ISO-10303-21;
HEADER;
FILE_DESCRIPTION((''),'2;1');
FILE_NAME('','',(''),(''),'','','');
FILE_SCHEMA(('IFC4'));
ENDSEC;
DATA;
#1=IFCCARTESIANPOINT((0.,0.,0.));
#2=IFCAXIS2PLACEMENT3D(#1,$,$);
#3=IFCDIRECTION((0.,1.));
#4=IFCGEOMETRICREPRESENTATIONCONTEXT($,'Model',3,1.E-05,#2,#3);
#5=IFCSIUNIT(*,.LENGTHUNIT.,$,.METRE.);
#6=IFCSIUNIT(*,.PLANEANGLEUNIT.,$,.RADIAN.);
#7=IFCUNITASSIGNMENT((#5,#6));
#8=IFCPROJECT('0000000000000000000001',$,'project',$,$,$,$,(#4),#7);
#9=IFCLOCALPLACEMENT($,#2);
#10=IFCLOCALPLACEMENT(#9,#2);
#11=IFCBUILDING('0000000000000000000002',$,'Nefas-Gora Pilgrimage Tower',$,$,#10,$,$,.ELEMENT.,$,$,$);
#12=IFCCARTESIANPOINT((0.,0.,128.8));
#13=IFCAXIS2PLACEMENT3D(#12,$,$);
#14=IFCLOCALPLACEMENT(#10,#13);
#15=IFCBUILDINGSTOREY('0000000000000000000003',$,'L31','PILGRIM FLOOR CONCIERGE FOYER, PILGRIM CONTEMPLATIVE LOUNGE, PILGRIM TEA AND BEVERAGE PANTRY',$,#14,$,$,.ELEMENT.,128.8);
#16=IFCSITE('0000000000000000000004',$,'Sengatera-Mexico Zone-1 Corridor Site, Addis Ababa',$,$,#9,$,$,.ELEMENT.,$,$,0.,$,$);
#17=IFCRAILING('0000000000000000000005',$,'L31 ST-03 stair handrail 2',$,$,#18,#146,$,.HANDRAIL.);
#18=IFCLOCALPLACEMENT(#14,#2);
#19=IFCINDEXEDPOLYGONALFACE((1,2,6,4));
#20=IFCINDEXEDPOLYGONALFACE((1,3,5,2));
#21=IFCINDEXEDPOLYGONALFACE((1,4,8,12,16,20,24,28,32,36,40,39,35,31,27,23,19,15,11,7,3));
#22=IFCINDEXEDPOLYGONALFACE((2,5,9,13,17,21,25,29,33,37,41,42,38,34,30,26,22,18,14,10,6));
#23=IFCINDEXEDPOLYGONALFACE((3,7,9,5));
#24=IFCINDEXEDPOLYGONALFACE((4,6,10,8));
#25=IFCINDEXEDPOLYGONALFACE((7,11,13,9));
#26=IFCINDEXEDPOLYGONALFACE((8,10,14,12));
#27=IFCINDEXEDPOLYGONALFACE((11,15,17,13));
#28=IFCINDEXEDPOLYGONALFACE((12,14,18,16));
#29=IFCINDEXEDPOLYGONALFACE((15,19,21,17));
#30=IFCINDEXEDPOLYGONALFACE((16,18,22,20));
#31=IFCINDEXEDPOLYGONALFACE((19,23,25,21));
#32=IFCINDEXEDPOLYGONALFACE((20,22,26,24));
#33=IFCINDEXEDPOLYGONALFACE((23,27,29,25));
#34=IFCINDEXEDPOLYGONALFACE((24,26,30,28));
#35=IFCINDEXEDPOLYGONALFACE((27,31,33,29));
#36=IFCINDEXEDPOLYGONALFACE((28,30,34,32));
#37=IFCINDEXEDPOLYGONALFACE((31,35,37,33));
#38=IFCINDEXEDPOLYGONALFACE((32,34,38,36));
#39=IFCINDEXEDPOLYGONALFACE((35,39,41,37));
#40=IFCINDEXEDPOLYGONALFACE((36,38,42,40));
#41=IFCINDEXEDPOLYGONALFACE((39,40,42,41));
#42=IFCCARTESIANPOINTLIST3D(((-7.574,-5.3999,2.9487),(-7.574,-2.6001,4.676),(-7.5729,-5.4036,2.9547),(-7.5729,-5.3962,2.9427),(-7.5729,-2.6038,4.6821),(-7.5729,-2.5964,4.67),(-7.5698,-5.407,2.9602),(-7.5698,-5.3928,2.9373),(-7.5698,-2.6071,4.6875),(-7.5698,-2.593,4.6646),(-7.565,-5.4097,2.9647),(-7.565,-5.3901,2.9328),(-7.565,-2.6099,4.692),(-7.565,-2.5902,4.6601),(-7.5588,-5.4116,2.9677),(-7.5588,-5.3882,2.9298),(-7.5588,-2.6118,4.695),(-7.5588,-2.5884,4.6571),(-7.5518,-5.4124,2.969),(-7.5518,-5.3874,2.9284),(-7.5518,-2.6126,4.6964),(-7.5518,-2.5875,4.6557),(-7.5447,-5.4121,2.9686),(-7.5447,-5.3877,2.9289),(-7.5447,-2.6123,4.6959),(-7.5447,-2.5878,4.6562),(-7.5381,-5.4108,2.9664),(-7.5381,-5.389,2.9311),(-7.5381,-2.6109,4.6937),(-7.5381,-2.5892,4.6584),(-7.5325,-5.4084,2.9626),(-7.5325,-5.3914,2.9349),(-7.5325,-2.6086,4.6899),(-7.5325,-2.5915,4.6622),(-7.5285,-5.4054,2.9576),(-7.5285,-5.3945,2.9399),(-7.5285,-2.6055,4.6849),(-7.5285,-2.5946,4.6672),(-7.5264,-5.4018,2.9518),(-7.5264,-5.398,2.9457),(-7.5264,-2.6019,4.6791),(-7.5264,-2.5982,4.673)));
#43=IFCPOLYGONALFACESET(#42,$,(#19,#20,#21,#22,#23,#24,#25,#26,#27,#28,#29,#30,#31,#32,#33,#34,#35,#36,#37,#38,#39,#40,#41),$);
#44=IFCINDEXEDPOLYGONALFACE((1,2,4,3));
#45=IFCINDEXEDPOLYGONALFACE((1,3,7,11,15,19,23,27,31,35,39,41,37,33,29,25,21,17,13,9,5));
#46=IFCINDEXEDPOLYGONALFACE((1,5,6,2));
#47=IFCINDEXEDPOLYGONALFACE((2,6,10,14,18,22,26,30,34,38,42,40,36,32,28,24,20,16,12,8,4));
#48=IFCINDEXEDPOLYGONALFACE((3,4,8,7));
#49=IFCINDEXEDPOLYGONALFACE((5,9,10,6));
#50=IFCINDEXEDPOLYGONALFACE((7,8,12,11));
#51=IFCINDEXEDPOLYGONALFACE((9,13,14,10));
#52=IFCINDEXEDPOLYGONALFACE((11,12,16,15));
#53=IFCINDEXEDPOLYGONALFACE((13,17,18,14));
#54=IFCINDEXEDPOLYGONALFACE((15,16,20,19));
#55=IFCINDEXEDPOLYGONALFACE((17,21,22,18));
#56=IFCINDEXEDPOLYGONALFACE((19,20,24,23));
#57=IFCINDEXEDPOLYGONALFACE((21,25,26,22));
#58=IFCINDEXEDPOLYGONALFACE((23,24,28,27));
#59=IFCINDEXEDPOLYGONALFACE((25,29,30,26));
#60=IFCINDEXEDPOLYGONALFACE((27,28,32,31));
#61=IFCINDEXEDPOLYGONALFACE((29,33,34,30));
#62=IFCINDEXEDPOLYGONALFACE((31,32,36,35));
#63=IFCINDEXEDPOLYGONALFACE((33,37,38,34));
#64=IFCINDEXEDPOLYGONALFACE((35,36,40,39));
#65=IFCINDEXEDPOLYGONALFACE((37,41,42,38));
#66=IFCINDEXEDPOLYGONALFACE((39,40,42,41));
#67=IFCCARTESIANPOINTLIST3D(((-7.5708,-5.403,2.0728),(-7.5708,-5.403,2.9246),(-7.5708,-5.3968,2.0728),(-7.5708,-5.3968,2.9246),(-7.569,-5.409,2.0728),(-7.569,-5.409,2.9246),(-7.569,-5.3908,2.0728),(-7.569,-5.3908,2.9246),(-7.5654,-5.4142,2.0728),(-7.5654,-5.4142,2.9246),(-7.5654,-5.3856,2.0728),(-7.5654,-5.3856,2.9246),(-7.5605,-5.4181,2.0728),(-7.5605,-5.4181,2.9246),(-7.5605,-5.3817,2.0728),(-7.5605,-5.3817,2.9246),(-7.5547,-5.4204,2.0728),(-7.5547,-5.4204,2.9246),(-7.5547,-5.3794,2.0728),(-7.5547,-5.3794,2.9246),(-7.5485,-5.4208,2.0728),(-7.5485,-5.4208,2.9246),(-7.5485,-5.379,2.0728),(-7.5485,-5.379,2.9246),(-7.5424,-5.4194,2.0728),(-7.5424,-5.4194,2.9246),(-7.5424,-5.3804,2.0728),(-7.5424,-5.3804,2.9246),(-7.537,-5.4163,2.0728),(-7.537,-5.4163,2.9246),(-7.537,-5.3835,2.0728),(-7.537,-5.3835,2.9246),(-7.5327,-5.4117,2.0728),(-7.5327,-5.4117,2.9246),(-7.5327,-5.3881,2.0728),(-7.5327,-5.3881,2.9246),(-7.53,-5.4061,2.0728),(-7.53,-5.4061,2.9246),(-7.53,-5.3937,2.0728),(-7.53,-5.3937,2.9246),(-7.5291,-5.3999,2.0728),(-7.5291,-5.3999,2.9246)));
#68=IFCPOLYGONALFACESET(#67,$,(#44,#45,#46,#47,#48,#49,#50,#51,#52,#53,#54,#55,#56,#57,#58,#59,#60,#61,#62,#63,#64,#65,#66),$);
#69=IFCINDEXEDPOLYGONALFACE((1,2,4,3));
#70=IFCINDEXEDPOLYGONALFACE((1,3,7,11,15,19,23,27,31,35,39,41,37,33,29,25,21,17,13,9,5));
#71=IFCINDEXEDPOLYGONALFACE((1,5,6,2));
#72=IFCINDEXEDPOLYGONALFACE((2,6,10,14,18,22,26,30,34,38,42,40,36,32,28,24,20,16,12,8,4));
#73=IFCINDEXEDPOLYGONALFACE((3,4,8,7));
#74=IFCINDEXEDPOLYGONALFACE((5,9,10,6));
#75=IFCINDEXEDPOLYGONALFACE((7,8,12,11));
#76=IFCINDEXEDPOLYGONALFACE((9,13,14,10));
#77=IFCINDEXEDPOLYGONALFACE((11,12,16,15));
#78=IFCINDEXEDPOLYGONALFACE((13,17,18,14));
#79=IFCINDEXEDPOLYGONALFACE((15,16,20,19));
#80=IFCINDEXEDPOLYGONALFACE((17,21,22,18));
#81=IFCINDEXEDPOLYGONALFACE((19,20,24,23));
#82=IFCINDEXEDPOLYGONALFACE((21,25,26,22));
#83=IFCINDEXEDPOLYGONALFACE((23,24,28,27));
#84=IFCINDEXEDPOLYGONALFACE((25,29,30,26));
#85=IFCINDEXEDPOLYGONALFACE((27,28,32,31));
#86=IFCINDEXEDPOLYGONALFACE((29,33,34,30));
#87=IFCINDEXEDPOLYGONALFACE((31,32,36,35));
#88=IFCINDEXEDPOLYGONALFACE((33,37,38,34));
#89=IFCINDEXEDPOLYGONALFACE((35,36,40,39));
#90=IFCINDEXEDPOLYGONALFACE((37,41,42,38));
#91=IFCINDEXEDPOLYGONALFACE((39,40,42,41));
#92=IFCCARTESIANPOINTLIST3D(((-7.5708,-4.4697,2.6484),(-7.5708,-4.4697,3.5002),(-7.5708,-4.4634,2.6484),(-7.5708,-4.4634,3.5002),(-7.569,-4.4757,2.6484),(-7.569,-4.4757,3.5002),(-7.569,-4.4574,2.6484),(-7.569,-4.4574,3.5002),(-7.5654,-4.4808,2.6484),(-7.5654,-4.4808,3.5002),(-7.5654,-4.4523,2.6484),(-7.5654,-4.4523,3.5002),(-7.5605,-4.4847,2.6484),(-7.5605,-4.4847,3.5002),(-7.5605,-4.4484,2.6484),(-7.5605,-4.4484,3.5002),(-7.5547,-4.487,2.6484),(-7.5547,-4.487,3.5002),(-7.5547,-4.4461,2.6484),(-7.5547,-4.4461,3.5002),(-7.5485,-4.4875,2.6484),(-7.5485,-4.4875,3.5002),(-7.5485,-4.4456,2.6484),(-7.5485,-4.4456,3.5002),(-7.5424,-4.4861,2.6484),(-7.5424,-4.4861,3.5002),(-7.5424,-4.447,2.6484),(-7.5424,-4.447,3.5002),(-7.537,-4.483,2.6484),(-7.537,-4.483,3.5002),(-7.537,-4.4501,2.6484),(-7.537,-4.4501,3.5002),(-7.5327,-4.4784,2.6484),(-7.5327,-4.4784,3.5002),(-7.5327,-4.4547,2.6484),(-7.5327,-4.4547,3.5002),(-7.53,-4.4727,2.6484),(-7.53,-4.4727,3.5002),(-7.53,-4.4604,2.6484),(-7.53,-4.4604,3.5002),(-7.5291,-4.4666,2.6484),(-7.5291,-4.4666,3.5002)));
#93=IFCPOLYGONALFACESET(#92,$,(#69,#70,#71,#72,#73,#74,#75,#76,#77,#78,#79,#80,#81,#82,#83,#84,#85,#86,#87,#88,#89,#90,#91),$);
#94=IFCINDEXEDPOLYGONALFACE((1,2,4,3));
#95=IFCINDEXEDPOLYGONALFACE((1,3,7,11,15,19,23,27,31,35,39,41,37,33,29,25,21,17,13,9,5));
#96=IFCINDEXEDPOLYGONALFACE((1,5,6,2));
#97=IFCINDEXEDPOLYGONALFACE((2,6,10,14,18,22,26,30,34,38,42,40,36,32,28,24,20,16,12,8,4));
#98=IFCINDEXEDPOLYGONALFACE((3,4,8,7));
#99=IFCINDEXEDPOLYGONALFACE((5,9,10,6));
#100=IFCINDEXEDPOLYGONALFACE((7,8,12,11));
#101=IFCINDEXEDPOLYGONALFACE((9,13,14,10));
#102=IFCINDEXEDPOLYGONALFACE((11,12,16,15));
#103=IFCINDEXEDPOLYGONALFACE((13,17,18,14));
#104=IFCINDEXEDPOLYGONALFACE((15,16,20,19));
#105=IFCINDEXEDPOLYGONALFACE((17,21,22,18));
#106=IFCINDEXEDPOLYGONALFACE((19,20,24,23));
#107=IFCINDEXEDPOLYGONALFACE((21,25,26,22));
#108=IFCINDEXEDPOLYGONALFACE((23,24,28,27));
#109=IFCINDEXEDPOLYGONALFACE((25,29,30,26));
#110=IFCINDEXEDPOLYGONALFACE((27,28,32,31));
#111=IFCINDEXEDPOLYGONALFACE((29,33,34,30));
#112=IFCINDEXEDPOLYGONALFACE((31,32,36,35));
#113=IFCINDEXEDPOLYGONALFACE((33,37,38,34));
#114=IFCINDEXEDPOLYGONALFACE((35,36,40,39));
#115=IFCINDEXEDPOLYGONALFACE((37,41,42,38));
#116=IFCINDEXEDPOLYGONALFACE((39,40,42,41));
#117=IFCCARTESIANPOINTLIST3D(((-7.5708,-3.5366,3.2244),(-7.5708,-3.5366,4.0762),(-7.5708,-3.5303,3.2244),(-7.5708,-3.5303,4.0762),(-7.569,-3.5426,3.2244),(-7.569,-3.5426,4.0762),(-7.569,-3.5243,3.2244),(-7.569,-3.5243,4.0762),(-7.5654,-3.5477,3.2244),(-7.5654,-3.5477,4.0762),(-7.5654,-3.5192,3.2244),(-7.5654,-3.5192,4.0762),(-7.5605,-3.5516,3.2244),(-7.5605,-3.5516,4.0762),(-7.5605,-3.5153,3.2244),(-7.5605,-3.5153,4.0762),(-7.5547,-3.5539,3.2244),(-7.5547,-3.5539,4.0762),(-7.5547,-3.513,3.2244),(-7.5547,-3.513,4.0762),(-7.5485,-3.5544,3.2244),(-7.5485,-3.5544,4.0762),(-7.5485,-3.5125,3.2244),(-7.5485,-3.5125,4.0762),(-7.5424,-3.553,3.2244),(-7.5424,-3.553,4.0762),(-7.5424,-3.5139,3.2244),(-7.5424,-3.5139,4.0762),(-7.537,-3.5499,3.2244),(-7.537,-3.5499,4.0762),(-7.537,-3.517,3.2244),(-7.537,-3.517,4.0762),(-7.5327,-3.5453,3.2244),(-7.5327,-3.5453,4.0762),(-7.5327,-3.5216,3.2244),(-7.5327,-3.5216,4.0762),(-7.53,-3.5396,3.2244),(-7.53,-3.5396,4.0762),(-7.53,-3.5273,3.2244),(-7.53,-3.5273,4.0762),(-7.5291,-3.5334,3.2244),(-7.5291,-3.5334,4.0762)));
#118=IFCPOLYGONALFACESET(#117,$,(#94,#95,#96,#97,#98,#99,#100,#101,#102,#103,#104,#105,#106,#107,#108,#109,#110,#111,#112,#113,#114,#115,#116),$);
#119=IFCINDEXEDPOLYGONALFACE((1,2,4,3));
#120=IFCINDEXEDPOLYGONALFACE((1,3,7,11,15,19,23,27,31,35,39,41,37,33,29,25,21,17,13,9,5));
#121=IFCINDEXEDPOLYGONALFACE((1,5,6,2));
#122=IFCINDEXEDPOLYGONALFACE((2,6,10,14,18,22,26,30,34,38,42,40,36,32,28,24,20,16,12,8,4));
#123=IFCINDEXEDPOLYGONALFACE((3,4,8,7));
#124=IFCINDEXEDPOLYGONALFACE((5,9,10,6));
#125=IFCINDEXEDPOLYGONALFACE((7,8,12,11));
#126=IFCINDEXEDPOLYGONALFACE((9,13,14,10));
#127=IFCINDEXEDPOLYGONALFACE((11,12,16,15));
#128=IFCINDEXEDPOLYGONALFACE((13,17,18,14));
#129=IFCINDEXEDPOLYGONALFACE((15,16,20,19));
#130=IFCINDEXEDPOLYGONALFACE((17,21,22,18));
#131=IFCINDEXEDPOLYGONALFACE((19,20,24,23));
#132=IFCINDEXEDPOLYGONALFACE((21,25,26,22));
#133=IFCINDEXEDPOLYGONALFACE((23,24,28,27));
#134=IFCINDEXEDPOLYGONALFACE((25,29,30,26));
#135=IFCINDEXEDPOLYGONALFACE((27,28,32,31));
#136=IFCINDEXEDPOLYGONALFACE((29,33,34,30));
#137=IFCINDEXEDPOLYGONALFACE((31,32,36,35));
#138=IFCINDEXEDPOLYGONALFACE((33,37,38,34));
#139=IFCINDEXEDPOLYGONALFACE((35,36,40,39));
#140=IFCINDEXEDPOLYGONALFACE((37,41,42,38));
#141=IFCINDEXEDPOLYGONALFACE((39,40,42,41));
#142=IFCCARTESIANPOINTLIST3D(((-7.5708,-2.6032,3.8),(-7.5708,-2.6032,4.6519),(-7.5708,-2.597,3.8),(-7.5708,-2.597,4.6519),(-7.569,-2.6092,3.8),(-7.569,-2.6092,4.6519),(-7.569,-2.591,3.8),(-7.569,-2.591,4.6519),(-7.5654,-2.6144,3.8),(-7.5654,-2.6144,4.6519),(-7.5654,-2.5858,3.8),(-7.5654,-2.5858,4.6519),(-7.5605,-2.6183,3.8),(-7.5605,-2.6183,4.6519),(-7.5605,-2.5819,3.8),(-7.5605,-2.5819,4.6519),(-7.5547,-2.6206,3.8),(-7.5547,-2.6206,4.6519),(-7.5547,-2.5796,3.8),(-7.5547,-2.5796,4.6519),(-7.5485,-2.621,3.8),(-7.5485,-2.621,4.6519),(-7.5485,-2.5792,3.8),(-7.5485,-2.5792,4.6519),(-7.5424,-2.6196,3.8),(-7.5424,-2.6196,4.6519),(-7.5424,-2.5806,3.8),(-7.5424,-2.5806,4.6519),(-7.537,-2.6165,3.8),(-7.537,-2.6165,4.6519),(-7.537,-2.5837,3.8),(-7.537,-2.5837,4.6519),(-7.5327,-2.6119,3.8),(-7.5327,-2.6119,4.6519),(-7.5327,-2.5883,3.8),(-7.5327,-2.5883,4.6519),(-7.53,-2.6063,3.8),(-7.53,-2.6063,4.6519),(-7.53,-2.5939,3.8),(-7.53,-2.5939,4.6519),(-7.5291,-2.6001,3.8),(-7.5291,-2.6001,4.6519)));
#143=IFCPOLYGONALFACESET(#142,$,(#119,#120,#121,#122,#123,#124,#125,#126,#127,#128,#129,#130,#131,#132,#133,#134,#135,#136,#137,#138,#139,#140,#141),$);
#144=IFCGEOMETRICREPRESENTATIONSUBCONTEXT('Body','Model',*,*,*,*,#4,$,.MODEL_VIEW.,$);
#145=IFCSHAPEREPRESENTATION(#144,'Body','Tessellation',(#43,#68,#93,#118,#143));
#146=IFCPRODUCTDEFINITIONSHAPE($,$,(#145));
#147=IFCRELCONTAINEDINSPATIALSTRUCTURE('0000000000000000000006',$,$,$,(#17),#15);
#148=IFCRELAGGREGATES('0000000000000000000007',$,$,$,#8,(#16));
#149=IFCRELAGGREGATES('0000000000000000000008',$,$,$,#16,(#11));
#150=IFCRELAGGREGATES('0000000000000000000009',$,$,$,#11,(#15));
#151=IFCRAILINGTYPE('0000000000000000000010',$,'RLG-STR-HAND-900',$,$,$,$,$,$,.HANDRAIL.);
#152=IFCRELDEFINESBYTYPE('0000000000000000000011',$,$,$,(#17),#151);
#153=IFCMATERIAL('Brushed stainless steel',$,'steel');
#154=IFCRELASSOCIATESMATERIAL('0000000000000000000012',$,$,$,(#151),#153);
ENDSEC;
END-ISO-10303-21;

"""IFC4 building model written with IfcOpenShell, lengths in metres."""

from ifc_helpers import new_model, si_unit, direction, frame, origin, origin_2d, place, context, subcontext, project, spatial, circle, extrude, material, type_object, element, save


model = new_model("IFC4")

# Units and contexts
model_context = context("Model", 3, precision=1e-05, world=origin(), true_north=direction((0.0, 1.0)))
body_context = subcontext(model_context, "Body", "Model", "MODEL_VIEW")
ifc_project = project(units=[si_unit("LENGTHUNIT", "METRE"), si_unit("PLANEANGLEUNIT", "RADIAN")], contexts=[model_context])

# Site, building, storey
site_placement = place(None, origin())
site = spatial("IfcSite", under=ifc_project, at=site_placement, Name="Sengatera-Mexico Zone-1 Corridor Site, Addis Ababa", CompositionType="ELEMENT", RefElevation=0.0)
building_placement = place(site_placement, origin())
building = spatial("IfcBuilding", under=site, at=building_placement, Name="Nefas-Gora Pilgrimage Tower", CompositionType="ELEMENT")
storey_placement = place(building_placement, frame((0.0, 0.0, 128.8)))
storey = spatial("IfcBuildingStorey", under=building, at=storey_placement, Name="L31", Description="PILGRIM FLOOR CONCIERGE FOYER, PILGRIM CONTEMPLATIVE LOUNGE, PILGRIM TEA AND BEVERAGE PANTRY", CompositionType="ELEMENT", Elevation=128.8)

# Railing
ifc_material_1 = material(Name="Brushed stainless steel", Category="steel")
railing_type_1 = type_object("IfcRailingType", Name="RLG-STR-HAND-900", PredefinedType="HANDRAIL", material=ifc_material_1)
railing_1_placement = place(storey_placement, frame((-7.55, -5.3999, 2.0728)))
element("IfcRailing", 1, at=railing_1_placement, inside=storey, type_object=railing_type_1, Name="L31 ST-03 stair handrail 2", PredefinedType="HANDRAIL", context=body_context, shape_type="SweptSolid", body=[
    extrude(circle(Radius=0.0239, at=origin_2d()), frame((0.0, 0.0, 0.876), z_axis=(0.0, 0.851069, 0.525054), x_axis=(-1.0, 0.0, 0.0)), (0.0, 0.0, 1.0), 3.2898),
    extrude(circle(Radius=0.021, at=origin_2d()), origin(), (0.0, 0.0, 1.0), 0.8518),
    extrude(circle(Radius=0.021, at=origin_2d()), frame((0.0, 0.9333, 0.5757)), (0.0, 0.0, 1.0), 0.8518),
    extrude(circle(Radius=0.021, at=origin_2d()), frame((0.0, 1.8665, 1.1516)), (0.0, 0.0, 1.0), 0.8518),
    extrude(circle(Radius=0.021, at=origin_2d()), frame((0.0, 2.7998, 1.7273)), (0.0, 0.0, 1.0), 0.8518),
])

save(model, "model.ifc")
